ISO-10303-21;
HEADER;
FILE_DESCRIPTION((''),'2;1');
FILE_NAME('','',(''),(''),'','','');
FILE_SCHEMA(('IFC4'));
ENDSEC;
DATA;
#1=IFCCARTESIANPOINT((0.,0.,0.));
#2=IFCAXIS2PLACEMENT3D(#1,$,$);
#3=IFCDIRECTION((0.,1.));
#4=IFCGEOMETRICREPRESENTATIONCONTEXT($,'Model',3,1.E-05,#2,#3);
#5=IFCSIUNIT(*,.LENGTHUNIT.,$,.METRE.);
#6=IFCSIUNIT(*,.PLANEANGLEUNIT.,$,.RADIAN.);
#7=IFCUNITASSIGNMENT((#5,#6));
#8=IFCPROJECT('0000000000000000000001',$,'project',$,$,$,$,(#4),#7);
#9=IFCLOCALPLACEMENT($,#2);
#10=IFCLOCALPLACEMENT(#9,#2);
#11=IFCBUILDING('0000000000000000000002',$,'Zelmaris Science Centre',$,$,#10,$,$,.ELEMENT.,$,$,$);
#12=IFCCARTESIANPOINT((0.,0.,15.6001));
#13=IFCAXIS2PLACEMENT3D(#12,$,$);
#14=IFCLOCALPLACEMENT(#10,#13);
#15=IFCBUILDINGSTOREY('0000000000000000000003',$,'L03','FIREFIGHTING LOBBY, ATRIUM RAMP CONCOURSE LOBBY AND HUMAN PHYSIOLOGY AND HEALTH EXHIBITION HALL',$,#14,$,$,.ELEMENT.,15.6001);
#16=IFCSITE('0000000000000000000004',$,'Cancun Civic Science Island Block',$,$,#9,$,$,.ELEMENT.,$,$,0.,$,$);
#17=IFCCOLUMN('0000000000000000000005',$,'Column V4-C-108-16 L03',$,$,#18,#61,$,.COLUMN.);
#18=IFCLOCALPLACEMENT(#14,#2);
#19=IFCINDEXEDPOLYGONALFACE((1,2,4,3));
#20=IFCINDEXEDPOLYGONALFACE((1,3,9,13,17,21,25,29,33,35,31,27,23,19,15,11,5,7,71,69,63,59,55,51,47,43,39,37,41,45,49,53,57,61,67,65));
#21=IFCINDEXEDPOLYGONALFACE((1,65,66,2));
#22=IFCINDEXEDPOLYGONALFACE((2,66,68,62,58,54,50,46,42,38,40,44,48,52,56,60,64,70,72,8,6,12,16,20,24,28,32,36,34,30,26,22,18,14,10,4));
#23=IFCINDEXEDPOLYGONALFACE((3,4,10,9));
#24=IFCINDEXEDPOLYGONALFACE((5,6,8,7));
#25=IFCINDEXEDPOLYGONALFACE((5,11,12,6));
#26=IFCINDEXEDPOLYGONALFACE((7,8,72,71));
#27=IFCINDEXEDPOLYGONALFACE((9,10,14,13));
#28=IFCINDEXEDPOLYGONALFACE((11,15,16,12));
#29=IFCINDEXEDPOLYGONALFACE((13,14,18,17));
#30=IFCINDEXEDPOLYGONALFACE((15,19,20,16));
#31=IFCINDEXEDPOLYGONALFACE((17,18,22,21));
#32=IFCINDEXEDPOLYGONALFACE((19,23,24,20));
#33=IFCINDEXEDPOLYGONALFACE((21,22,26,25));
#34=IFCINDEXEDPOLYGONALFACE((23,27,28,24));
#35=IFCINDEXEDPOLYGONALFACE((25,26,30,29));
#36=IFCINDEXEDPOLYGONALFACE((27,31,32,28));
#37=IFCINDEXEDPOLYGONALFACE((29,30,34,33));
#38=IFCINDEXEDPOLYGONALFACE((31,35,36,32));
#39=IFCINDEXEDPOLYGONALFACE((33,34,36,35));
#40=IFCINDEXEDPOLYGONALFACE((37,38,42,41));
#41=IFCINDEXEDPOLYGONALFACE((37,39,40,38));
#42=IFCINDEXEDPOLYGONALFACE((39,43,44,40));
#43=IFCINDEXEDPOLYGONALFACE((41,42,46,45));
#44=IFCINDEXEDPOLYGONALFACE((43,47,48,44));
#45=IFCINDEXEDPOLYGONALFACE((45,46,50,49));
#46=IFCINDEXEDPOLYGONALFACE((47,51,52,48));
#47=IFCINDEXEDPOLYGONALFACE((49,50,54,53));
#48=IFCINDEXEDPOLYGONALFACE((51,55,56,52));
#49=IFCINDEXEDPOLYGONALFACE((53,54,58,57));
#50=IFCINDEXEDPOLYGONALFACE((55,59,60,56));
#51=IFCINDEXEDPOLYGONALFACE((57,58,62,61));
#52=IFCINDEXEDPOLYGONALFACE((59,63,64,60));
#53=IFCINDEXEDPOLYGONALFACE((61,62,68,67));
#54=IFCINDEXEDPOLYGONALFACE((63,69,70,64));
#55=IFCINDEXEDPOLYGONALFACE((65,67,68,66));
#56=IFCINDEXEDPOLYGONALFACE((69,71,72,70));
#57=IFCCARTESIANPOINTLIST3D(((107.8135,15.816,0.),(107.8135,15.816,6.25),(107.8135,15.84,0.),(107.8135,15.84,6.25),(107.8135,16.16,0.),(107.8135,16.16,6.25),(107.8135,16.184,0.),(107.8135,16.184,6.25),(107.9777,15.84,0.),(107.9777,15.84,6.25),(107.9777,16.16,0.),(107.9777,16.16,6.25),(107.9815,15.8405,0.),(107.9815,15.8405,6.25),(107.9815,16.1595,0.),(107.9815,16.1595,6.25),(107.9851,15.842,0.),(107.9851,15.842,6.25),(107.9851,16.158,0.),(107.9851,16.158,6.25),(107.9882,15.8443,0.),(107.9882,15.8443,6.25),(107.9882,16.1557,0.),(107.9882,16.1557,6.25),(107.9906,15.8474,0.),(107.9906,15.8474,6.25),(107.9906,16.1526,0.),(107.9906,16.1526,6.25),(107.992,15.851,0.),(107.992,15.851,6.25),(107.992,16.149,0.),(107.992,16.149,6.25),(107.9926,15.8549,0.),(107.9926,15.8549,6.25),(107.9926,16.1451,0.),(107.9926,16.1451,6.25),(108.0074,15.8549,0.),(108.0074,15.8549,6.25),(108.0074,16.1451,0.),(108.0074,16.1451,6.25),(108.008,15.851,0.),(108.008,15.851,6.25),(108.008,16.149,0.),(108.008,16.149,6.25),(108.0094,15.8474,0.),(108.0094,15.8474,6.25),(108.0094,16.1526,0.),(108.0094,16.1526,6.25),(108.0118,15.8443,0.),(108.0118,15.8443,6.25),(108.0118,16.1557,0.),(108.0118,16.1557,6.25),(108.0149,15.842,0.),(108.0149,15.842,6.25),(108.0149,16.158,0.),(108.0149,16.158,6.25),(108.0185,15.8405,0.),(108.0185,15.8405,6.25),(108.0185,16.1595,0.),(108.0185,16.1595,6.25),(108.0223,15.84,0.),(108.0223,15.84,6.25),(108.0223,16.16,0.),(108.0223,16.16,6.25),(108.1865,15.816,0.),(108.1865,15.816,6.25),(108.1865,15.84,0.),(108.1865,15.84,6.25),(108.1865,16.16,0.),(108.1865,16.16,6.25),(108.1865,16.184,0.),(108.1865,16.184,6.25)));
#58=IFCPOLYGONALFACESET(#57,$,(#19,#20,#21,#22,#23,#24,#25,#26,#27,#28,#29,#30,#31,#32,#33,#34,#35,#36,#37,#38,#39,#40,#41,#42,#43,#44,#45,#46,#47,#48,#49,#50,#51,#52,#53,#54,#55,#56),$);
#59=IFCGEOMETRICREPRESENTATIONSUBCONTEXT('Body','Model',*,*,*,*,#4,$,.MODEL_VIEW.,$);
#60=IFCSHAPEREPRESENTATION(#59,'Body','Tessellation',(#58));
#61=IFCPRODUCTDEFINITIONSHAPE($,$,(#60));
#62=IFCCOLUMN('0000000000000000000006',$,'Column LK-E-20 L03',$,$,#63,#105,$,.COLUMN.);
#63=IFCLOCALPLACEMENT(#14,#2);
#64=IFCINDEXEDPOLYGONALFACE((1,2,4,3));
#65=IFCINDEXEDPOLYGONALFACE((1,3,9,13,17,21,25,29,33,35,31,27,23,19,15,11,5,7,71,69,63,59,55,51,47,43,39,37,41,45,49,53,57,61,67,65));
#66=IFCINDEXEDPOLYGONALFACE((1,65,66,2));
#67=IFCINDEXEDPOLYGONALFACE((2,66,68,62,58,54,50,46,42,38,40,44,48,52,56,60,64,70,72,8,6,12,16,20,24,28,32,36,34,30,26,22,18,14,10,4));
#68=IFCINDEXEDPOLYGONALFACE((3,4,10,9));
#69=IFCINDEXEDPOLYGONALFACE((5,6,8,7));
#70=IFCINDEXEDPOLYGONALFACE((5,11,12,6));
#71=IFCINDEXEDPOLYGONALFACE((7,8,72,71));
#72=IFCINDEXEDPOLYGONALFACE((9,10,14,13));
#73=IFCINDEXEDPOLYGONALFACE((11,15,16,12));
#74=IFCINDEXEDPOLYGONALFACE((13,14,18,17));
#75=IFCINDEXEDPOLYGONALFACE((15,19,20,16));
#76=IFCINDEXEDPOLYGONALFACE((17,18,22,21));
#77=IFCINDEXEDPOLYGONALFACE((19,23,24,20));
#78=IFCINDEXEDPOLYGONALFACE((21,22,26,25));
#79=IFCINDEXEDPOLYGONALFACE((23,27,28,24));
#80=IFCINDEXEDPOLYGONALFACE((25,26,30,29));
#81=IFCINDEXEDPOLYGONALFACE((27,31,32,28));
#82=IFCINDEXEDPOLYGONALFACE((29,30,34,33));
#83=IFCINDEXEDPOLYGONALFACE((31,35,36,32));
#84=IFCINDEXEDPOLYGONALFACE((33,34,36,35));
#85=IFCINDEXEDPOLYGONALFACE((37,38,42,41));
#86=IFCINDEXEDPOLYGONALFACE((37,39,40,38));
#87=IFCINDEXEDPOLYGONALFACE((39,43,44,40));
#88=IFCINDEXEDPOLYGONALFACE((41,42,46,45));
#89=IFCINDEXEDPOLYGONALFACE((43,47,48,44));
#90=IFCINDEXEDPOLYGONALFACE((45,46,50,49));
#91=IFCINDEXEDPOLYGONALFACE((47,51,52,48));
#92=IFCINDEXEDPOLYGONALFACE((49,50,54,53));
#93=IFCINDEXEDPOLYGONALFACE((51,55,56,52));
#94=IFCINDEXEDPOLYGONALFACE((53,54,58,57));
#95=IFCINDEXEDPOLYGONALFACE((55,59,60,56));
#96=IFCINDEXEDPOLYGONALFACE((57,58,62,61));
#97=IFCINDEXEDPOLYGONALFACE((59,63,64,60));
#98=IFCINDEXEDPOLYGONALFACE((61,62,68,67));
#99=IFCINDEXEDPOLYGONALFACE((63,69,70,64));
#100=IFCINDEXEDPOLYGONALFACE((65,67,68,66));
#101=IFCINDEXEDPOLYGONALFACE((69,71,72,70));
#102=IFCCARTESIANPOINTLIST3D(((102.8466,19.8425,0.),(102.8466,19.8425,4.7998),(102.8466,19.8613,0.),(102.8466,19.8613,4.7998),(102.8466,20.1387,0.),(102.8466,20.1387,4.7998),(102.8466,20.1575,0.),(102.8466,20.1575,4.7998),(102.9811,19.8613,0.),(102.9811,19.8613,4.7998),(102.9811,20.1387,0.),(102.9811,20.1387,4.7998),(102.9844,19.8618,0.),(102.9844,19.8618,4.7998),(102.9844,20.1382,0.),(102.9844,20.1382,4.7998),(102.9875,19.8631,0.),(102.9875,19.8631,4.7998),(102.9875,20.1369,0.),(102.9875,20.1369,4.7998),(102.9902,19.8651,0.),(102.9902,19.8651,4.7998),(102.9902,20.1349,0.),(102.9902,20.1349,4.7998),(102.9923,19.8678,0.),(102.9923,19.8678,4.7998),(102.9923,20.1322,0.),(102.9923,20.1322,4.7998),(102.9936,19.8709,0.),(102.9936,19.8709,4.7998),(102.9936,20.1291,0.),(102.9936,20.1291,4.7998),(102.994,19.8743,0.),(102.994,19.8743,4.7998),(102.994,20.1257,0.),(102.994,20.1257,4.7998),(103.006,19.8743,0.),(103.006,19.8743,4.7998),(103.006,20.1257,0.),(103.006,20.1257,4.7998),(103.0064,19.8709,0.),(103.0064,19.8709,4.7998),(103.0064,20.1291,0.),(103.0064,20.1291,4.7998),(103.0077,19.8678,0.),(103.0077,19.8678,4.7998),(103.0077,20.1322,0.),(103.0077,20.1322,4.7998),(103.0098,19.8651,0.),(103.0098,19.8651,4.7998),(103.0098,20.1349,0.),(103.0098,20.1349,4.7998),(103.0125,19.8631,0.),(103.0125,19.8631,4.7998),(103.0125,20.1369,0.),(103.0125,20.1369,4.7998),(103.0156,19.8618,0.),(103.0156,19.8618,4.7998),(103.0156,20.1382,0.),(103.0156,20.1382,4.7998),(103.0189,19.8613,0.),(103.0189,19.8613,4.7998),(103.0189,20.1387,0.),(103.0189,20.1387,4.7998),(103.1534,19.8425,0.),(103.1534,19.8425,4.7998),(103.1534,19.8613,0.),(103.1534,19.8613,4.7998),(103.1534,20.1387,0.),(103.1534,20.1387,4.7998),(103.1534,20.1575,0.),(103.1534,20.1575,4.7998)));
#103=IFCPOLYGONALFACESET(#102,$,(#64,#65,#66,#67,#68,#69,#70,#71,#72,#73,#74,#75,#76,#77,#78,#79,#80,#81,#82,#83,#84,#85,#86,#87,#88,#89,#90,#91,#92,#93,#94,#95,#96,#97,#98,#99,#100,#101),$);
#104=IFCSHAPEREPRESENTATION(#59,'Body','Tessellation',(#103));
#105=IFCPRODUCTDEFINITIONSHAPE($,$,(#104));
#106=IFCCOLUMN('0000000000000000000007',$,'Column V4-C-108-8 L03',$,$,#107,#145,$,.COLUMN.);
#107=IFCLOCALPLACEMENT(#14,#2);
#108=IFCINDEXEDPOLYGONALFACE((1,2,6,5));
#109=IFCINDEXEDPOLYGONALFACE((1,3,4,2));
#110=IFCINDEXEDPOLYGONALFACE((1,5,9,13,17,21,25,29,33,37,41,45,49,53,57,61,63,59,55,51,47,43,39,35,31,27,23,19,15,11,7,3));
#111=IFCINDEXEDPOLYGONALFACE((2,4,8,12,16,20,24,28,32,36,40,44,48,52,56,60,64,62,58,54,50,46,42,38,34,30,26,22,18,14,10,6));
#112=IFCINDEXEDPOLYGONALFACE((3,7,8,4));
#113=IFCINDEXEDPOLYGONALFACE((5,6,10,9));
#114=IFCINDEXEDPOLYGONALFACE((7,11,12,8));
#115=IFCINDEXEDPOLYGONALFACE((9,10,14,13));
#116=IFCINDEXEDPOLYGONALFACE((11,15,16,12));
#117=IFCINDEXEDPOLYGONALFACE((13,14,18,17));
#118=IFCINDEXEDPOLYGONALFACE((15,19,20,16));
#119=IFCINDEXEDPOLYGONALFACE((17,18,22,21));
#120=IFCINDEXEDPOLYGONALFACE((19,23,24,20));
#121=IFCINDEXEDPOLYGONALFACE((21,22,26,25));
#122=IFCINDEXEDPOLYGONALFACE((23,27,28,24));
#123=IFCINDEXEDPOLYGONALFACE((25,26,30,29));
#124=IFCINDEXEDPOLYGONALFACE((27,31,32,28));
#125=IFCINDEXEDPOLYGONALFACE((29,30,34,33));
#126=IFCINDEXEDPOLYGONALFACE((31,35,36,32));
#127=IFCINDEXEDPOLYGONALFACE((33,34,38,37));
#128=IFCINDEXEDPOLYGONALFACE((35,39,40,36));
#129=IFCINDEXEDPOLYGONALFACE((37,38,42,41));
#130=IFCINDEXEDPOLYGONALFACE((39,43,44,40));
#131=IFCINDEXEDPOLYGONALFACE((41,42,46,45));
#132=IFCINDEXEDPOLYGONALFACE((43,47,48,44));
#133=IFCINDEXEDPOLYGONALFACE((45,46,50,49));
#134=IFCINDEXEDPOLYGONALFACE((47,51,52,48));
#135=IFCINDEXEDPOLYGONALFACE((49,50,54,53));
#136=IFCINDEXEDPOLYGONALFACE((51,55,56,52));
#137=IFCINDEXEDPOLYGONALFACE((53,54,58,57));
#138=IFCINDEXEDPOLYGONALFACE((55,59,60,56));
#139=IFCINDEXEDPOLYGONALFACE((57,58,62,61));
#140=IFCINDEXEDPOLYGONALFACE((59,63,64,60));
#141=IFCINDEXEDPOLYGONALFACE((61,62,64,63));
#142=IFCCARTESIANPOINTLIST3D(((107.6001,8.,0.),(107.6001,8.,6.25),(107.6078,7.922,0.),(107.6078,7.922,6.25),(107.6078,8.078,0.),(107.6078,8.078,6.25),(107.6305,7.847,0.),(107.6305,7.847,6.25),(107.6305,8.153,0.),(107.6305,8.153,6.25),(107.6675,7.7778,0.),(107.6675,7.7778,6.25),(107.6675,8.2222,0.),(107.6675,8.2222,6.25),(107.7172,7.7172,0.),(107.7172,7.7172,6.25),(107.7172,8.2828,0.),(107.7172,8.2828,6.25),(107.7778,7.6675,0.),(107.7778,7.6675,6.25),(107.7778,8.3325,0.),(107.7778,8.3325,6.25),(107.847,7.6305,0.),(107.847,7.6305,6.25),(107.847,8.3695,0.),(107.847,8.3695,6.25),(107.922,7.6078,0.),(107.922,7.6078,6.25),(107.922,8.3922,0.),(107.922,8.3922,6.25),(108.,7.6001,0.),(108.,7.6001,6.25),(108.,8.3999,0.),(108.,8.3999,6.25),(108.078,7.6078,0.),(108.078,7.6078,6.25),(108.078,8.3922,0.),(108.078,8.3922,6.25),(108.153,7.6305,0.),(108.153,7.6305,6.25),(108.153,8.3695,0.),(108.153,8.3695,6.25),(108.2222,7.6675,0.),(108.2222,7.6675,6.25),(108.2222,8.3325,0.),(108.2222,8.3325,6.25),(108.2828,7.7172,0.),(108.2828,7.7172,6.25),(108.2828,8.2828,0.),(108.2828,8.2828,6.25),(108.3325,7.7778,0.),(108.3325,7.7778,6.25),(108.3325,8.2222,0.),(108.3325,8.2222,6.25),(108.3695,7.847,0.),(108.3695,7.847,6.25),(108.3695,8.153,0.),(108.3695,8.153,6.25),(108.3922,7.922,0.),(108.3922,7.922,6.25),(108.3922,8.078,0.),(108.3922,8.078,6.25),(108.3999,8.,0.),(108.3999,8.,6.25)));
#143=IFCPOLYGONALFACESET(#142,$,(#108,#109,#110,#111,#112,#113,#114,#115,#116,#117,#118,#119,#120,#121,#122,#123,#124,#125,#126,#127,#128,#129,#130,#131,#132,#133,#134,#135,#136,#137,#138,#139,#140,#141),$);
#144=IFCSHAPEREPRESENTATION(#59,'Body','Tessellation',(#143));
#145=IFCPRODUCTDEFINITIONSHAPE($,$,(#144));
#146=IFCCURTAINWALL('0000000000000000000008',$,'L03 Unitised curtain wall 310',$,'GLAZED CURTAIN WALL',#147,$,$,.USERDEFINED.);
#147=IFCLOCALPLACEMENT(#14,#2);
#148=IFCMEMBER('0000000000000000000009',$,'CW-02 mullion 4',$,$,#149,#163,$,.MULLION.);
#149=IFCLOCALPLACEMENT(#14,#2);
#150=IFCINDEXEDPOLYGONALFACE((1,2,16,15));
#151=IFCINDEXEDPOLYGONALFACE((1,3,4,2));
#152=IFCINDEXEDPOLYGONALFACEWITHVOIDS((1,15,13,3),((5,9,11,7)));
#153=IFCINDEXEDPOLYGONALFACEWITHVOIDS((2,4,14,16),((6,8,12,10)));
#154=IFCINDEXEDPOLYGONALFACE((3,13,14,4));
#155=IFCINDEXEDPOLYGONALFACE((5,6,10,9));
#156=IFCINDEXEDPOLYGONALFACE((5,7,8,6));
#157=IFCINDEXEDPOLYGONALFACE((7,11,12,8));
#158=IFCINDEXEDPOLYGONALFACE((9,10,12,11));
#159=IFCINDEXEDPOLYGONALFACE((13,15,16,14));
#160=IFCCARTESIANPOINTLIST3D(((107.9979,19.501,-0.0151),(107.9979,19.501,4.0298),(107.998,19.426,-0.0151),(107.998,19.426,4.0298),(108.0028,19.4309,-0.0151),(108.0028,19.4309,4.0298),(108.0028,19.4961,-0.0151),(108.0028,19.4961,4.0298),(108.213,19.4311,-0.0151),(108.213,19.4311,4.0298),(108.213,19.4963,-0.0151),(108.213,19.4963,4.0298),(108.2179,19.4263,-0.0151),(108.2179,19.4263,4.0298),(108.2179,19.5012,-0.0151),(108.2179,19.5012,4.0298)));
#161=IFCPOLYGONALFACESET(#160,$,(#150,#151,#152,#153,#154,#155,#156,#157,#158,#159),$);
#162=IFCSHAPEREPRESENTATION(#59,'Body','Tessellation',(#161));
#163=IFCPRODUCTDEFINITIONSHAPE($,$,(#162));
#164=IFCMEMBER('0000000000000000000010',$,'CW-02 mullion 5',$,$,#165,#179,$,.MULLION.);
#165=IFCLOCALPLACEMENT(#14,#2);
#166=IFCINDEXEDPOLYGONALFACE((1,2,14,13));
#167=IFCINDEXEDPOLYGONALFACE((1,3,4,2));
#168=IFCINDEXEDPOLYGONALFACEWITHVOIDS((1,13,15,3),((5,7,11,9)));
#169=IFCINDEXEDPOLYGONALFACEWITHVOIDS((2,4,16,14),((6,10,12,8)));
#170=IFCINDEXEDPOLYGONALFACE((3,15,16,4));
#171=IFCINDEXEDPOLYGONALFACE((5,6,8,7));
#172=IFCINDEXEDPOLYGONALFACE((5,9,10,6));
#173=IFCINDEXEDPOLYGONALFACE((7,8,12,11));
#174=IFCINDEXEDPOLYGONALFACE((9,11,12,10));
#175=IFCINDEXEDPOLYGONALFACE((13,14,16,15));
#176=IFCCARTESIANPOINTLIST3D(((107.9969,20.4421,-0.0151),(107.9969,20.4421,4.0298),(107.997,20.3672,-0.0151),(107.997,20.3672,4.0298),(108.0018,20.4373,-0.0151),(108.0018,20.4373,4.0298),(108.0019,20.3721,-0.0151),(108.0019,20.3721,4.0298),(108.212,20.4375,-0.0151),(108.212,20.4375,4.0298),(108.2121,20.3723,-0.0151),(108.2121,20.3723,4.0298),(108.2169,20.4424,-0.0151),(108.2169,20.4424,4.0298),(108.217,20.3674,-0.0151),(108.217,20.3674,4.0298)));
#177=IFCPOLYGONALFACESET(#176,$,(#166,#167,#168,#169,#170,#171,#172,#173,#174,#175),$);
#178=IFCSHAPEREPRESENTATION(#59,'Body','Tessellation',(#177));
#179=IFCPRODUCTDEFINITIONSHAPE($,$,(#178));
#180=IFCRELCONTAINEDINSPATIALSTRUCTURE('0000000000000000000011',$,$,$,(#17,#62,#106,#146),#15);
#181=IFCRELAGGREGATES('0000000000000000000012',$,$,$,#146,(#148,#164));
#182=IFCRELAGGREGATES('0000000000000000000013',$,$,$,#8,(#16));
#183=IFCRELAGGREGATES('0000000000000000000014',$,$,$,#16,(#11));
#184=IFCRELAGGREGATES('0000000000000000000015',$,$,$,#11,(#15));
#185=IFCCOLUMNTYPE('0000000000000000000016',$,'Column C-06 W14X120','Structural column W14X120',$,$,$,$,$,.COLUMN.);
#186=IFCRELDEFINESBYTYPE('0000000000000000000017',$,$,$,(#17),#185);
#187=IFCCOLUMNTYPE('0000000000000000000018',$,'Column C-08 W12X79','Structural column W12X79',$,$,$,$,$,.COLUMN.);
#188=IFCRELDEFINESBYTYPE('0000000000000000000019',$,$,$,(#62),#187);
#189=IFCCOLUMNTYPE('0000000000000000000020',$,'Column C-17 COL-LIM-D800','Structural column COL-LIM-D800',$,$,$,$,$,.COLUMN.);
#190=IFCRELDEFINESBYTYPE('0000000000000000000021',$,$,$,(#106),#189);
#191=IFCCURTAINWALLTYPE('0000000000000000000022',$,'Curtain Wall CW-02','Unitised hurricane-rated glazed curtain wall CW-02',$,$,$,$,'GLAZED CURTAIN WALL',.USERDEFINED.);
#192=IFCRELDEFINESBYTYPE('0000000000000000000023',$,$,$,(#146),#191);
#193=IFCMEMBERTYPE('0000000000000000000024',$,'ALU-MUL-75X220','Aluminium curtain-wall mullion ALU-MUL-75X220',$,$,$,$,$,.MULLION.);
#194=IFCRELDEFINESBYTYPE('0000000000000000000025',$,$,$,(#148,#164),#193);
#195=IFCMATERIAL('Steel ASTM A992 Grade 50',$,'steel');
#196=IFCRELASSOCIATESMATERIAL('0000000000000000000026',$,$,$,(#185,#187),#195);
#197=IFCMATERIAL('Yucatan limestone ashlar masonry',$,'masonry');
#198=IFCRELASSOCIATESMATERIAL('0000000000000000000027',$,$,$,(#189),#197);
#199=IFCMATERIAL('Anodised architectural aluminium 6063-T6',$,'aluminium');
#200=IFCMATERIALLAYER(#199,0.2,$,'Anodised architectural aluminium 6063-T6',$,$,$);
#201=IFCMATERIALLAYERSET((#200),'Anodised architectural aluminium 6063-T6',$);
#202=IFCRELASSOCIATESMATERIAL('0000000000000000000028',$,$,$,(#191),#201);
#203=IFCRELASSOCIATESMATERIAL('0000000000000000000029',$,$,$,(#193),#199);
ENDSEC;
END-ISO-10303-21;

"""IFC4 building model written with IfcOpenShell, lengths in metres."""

from ifc_helpers import new_model, si_unit, direction, frame, origin, origin_2d, place, context, subcontext, project, spatial, hollow_rectangle, circle, i_section, extrude, material, layer, layer_set, material_profile, profile_set, type_object, element, aggregate, save


model = new_model("IFC4")

# Units and contexts
model_context = context("Model", 3, precision=1e-05, world=origin(), true_north=direction((0.0, 1.0)))
body_context = subcontext(model_context, "Body", "Model", "MODEL_VIEW")
ifc_project = project(units=[si_unit("LENGTHUNIT", "METRE"), si_unit("PLANEANGLEUNIT", "RADIAN")], contexts=[model_context])

# Site, building, storey
site_placement = place(None, origin())
site = spatial("IfcSite", under=ifc_project, at=site_placement, Name="Cancun Civic Science Island Block", CompositionType="ELEMENT", RefElevation=0.0)
building_placement = place(site_placement, origin())
building = spatial("IfcBuilding", under=site, at=building_placement, Name="Zelmaris Science Centre", CompositionType="ELEMENT")
storey_placement = place(building_placement, frame((0.0, 0.0, 15.6001)))
storey = spatial("IfcBuildingStorey", under=building, at=storey_placement, Name="L03", Description="FIREFIGHTING LOBBY, ATRIUM RAMP CONCOURSE LOBBY AND HUMAN PHYSIOLOGY AND HEALTH EXHIBITION HALL", CompositionType="ELEMENT", Elevation=15.6001)

# Columns
ifc_material_1 = material(Name="Steel ASTM A992 Grade 50", Category="steel")
ifc_material_profile_1 = material_profile(ifc_material_1, i_section(OverallWidth=0.373, OverallDepth=0.3679, WebThickness=0.0149, FlangeThickness=0.0239, FilletRadius=0.0149, at=origin_2d()), Name="W14X120")
ifc_profile_set_1 = profile_set([ifc_material_profile_1], Name="Steel ASTM A992 Grade 50")
column_type_1 = type_object("IfcColumnType", Name="Column C-06 W14X120", Description="Structural column W14X120", PredefinedType="COLUMN", material=ifc_profile_set_1)
column_1_placement = place(storey_placement, frame((108.0, 16.0, 0.0), z_axis=(0.0, 0.0, 1.0), x_axis=(1.0, 0.0, 0.0)))
element("IfcColumn", 1, at=column_1_placement, inside=storey, type_object=column_type_1, Name="Column V4-C-108-16 L03", PredefinedType="COLUMN", context=body_context, shape_type="SweptSolid", body=[
    extrude(i_section(OverallWidth=0.373, OverallDepth=0.3679, WebThickness=0.0149, FlangeThickness=0.0239, FilletRadius=0.0149, at=origin_2d()), origin(), (0.0, 0.0, 1.0), 6.25),
])
ifc_material_profile_2 = material_profile(ifc_material_1, i_section(OverallWidth=0.3069, OverallDepth=0.3149, WebThickness=0.012, FlangeThickness=0.0188, FilletRadius=0.0129, at=origin_2d()), Name="W12X79")
ifc_profile_set_2 = profile_set([ifc_material_profile_2], Name="Steel ASTM A992 Grade 50")
column_type_2 = type_object("IfcColumnType", Name="Column C-08 W12X79", Description="Structural column W12X79", PredefinedType="COLUMN", material=ifc_profile_set_2)
column_2_placement = place(storey_placement, frame((103.0, 20.0, 0.0), z_axis=(0.0, 0.0, 1.0), x_axis=(1.0, 0.0, 0.0)))
element("IfcColumn", 2, at=column_2_placement, inside=storey, type_object=column_type_2, Name="Column LK-E-20 L03", PredefinedType="COLUMN", context=body_context, shape_type="SweptSolid", body=[
    extrude(i_section(OverallWidth=0.3069, OverallDepth=0.3149, WebThickness=0.012, FlangeThickness=0.0188, FilletRadius=0.0129, at=origin_2d()), origin(), (0.0, 0.0, 1.0), 4.7998),
])
ifc_material_2 = material(Name="Yucatan limestone ashlar masonry", Category="masonry")
ifc_material_profile_3 = material_profile(ifc_material_2, circle(Radius=0.3999, at=origin_2d()), Name="COL-LIM-D800")
ifc_profile_set_3 = profile_set([ifc_material_profile_3], Name="Yucatan limestone ashlar masonry")
column_type_3 = type_object("IfcColumnType", Name="Column C-17 COL-LIM-D800", Description="Structural column COL-LIM-D800", PredefinedType="COLUMN", material=ifc_profile_set_3)
column_3_placement = place(storey_placement, frame((108.0, 8.0, 0.0), z_axis=(0.0, 0.0, 1.0), x_axis=(1.0, 0.0, 0.0)))
element("IfcColumn", 3, at=column_3_placement, inside=storey, type_object=column_type_3, Name="Column V4-C-108-8 L03", PredefinedType="COLUMN", context=body_context, shape_type="SweptSolid", body=[
    extrude(circle(Radius=0.3999, at=origin_2d()), origin(), (0.0, 0.0, 1.0), 6.25),
])

# Curtain wall, members
ifc_material_3 = material(Name="Anodised architectural aluminium 6063-T6", Category="aluminium")
ifc_layer_1 = layer(ifc_material_3, 0.2, Name="Anodised architectural aluminium 6063-T6")
ifc_layer_set_1 = layer_set([ifc_layer_1], Name="Anodised architectural aluminium 6063-T6")
curtain_wall_type_1 = type_object("IfcCurtainWallType", Name="Curtain Wall CW-02", Description="Unitised hurricane-rated glazed curtain wall CW-02", ElementType="GLAZED CURTAIN WALL", PredefinedType="USERDEFINED", material=ifc_layer_set_1)
curtain_wall_1_placement = place(storey_placement, origin())
curtain_wall_1 = element("IfcCurtainWall", 4, at=curtain_wall_1_placement, inside=storey, type_object=curtain_wall_type_1, Name="L03 Unitised curtain wall 310", ObjectType="GLAZED CURTAIN WALL", PredefinedType="USERDEFINED")
ifc_material_profile_4 = material_profile(ifc_material_3, hollow_rectangle(XDim=0.075, YDim=0.22, WallThickness=0.0049, at=origin_2d()), Name="ALU-MUL-75X220")
ifc_profile_set_4 = profile_set([ifc_material_profile_4], Name="Anodised architectural aluminium 6063-T6")
member_type_1 = type_object("IfcMemberType", Name="ALU-MUL-75X220", Description="Aluminium curtain-wall mullion ALU-MUL-75X220", PredefinedType="MULLION", material=ifc_profile_set_4)
member_1_placement = place(storey_placement, frame((108.1079, 19.4636, -0.0151), z_axis=(0.0, 0.0, 1.0), x_axis=(-0.001054, 0.999999, 0.0)))
member_1 = element("IfcMember", 5, at=member_1_placement, type_object=member_type_1, Name="CW-02 mullion 4", PredefinedType="MULLION", context=body_context, shape_type="SweptSolid", body=[
    extrude(hollow_rectangle(XDim=0.075, YDim=0.22, WallThickness=0.0049, at=origin_2d()), origin(), (0.0, 0.0, 1.0), 4.0449),
])
member_2_placement = place(storey_placement, frame((108.1069, 20.4048, -0.0151), z_axis=(0.0, 0.0, 1.0), x_axis=(-0.001054, 0.999999, 0.0)))
member_2 = element("IfcMember", 6, at=member_2_placement, type_object=member_type_1, Name="CW-02 mullion 5", PredefinedType="MULLION", context=body_context, shape_type="SweptSolid", body=[
    extrude(hollow_rectangle(XDim=0.075, YDim=0.22, WallThickness=0.0049, at=origin_2d()), origin(), (0.0, 0.0, 1.0), 4.0449),
])

aggregate(curtain_wall_1, [member_1, member_2])

save(model, "model.ifc")
